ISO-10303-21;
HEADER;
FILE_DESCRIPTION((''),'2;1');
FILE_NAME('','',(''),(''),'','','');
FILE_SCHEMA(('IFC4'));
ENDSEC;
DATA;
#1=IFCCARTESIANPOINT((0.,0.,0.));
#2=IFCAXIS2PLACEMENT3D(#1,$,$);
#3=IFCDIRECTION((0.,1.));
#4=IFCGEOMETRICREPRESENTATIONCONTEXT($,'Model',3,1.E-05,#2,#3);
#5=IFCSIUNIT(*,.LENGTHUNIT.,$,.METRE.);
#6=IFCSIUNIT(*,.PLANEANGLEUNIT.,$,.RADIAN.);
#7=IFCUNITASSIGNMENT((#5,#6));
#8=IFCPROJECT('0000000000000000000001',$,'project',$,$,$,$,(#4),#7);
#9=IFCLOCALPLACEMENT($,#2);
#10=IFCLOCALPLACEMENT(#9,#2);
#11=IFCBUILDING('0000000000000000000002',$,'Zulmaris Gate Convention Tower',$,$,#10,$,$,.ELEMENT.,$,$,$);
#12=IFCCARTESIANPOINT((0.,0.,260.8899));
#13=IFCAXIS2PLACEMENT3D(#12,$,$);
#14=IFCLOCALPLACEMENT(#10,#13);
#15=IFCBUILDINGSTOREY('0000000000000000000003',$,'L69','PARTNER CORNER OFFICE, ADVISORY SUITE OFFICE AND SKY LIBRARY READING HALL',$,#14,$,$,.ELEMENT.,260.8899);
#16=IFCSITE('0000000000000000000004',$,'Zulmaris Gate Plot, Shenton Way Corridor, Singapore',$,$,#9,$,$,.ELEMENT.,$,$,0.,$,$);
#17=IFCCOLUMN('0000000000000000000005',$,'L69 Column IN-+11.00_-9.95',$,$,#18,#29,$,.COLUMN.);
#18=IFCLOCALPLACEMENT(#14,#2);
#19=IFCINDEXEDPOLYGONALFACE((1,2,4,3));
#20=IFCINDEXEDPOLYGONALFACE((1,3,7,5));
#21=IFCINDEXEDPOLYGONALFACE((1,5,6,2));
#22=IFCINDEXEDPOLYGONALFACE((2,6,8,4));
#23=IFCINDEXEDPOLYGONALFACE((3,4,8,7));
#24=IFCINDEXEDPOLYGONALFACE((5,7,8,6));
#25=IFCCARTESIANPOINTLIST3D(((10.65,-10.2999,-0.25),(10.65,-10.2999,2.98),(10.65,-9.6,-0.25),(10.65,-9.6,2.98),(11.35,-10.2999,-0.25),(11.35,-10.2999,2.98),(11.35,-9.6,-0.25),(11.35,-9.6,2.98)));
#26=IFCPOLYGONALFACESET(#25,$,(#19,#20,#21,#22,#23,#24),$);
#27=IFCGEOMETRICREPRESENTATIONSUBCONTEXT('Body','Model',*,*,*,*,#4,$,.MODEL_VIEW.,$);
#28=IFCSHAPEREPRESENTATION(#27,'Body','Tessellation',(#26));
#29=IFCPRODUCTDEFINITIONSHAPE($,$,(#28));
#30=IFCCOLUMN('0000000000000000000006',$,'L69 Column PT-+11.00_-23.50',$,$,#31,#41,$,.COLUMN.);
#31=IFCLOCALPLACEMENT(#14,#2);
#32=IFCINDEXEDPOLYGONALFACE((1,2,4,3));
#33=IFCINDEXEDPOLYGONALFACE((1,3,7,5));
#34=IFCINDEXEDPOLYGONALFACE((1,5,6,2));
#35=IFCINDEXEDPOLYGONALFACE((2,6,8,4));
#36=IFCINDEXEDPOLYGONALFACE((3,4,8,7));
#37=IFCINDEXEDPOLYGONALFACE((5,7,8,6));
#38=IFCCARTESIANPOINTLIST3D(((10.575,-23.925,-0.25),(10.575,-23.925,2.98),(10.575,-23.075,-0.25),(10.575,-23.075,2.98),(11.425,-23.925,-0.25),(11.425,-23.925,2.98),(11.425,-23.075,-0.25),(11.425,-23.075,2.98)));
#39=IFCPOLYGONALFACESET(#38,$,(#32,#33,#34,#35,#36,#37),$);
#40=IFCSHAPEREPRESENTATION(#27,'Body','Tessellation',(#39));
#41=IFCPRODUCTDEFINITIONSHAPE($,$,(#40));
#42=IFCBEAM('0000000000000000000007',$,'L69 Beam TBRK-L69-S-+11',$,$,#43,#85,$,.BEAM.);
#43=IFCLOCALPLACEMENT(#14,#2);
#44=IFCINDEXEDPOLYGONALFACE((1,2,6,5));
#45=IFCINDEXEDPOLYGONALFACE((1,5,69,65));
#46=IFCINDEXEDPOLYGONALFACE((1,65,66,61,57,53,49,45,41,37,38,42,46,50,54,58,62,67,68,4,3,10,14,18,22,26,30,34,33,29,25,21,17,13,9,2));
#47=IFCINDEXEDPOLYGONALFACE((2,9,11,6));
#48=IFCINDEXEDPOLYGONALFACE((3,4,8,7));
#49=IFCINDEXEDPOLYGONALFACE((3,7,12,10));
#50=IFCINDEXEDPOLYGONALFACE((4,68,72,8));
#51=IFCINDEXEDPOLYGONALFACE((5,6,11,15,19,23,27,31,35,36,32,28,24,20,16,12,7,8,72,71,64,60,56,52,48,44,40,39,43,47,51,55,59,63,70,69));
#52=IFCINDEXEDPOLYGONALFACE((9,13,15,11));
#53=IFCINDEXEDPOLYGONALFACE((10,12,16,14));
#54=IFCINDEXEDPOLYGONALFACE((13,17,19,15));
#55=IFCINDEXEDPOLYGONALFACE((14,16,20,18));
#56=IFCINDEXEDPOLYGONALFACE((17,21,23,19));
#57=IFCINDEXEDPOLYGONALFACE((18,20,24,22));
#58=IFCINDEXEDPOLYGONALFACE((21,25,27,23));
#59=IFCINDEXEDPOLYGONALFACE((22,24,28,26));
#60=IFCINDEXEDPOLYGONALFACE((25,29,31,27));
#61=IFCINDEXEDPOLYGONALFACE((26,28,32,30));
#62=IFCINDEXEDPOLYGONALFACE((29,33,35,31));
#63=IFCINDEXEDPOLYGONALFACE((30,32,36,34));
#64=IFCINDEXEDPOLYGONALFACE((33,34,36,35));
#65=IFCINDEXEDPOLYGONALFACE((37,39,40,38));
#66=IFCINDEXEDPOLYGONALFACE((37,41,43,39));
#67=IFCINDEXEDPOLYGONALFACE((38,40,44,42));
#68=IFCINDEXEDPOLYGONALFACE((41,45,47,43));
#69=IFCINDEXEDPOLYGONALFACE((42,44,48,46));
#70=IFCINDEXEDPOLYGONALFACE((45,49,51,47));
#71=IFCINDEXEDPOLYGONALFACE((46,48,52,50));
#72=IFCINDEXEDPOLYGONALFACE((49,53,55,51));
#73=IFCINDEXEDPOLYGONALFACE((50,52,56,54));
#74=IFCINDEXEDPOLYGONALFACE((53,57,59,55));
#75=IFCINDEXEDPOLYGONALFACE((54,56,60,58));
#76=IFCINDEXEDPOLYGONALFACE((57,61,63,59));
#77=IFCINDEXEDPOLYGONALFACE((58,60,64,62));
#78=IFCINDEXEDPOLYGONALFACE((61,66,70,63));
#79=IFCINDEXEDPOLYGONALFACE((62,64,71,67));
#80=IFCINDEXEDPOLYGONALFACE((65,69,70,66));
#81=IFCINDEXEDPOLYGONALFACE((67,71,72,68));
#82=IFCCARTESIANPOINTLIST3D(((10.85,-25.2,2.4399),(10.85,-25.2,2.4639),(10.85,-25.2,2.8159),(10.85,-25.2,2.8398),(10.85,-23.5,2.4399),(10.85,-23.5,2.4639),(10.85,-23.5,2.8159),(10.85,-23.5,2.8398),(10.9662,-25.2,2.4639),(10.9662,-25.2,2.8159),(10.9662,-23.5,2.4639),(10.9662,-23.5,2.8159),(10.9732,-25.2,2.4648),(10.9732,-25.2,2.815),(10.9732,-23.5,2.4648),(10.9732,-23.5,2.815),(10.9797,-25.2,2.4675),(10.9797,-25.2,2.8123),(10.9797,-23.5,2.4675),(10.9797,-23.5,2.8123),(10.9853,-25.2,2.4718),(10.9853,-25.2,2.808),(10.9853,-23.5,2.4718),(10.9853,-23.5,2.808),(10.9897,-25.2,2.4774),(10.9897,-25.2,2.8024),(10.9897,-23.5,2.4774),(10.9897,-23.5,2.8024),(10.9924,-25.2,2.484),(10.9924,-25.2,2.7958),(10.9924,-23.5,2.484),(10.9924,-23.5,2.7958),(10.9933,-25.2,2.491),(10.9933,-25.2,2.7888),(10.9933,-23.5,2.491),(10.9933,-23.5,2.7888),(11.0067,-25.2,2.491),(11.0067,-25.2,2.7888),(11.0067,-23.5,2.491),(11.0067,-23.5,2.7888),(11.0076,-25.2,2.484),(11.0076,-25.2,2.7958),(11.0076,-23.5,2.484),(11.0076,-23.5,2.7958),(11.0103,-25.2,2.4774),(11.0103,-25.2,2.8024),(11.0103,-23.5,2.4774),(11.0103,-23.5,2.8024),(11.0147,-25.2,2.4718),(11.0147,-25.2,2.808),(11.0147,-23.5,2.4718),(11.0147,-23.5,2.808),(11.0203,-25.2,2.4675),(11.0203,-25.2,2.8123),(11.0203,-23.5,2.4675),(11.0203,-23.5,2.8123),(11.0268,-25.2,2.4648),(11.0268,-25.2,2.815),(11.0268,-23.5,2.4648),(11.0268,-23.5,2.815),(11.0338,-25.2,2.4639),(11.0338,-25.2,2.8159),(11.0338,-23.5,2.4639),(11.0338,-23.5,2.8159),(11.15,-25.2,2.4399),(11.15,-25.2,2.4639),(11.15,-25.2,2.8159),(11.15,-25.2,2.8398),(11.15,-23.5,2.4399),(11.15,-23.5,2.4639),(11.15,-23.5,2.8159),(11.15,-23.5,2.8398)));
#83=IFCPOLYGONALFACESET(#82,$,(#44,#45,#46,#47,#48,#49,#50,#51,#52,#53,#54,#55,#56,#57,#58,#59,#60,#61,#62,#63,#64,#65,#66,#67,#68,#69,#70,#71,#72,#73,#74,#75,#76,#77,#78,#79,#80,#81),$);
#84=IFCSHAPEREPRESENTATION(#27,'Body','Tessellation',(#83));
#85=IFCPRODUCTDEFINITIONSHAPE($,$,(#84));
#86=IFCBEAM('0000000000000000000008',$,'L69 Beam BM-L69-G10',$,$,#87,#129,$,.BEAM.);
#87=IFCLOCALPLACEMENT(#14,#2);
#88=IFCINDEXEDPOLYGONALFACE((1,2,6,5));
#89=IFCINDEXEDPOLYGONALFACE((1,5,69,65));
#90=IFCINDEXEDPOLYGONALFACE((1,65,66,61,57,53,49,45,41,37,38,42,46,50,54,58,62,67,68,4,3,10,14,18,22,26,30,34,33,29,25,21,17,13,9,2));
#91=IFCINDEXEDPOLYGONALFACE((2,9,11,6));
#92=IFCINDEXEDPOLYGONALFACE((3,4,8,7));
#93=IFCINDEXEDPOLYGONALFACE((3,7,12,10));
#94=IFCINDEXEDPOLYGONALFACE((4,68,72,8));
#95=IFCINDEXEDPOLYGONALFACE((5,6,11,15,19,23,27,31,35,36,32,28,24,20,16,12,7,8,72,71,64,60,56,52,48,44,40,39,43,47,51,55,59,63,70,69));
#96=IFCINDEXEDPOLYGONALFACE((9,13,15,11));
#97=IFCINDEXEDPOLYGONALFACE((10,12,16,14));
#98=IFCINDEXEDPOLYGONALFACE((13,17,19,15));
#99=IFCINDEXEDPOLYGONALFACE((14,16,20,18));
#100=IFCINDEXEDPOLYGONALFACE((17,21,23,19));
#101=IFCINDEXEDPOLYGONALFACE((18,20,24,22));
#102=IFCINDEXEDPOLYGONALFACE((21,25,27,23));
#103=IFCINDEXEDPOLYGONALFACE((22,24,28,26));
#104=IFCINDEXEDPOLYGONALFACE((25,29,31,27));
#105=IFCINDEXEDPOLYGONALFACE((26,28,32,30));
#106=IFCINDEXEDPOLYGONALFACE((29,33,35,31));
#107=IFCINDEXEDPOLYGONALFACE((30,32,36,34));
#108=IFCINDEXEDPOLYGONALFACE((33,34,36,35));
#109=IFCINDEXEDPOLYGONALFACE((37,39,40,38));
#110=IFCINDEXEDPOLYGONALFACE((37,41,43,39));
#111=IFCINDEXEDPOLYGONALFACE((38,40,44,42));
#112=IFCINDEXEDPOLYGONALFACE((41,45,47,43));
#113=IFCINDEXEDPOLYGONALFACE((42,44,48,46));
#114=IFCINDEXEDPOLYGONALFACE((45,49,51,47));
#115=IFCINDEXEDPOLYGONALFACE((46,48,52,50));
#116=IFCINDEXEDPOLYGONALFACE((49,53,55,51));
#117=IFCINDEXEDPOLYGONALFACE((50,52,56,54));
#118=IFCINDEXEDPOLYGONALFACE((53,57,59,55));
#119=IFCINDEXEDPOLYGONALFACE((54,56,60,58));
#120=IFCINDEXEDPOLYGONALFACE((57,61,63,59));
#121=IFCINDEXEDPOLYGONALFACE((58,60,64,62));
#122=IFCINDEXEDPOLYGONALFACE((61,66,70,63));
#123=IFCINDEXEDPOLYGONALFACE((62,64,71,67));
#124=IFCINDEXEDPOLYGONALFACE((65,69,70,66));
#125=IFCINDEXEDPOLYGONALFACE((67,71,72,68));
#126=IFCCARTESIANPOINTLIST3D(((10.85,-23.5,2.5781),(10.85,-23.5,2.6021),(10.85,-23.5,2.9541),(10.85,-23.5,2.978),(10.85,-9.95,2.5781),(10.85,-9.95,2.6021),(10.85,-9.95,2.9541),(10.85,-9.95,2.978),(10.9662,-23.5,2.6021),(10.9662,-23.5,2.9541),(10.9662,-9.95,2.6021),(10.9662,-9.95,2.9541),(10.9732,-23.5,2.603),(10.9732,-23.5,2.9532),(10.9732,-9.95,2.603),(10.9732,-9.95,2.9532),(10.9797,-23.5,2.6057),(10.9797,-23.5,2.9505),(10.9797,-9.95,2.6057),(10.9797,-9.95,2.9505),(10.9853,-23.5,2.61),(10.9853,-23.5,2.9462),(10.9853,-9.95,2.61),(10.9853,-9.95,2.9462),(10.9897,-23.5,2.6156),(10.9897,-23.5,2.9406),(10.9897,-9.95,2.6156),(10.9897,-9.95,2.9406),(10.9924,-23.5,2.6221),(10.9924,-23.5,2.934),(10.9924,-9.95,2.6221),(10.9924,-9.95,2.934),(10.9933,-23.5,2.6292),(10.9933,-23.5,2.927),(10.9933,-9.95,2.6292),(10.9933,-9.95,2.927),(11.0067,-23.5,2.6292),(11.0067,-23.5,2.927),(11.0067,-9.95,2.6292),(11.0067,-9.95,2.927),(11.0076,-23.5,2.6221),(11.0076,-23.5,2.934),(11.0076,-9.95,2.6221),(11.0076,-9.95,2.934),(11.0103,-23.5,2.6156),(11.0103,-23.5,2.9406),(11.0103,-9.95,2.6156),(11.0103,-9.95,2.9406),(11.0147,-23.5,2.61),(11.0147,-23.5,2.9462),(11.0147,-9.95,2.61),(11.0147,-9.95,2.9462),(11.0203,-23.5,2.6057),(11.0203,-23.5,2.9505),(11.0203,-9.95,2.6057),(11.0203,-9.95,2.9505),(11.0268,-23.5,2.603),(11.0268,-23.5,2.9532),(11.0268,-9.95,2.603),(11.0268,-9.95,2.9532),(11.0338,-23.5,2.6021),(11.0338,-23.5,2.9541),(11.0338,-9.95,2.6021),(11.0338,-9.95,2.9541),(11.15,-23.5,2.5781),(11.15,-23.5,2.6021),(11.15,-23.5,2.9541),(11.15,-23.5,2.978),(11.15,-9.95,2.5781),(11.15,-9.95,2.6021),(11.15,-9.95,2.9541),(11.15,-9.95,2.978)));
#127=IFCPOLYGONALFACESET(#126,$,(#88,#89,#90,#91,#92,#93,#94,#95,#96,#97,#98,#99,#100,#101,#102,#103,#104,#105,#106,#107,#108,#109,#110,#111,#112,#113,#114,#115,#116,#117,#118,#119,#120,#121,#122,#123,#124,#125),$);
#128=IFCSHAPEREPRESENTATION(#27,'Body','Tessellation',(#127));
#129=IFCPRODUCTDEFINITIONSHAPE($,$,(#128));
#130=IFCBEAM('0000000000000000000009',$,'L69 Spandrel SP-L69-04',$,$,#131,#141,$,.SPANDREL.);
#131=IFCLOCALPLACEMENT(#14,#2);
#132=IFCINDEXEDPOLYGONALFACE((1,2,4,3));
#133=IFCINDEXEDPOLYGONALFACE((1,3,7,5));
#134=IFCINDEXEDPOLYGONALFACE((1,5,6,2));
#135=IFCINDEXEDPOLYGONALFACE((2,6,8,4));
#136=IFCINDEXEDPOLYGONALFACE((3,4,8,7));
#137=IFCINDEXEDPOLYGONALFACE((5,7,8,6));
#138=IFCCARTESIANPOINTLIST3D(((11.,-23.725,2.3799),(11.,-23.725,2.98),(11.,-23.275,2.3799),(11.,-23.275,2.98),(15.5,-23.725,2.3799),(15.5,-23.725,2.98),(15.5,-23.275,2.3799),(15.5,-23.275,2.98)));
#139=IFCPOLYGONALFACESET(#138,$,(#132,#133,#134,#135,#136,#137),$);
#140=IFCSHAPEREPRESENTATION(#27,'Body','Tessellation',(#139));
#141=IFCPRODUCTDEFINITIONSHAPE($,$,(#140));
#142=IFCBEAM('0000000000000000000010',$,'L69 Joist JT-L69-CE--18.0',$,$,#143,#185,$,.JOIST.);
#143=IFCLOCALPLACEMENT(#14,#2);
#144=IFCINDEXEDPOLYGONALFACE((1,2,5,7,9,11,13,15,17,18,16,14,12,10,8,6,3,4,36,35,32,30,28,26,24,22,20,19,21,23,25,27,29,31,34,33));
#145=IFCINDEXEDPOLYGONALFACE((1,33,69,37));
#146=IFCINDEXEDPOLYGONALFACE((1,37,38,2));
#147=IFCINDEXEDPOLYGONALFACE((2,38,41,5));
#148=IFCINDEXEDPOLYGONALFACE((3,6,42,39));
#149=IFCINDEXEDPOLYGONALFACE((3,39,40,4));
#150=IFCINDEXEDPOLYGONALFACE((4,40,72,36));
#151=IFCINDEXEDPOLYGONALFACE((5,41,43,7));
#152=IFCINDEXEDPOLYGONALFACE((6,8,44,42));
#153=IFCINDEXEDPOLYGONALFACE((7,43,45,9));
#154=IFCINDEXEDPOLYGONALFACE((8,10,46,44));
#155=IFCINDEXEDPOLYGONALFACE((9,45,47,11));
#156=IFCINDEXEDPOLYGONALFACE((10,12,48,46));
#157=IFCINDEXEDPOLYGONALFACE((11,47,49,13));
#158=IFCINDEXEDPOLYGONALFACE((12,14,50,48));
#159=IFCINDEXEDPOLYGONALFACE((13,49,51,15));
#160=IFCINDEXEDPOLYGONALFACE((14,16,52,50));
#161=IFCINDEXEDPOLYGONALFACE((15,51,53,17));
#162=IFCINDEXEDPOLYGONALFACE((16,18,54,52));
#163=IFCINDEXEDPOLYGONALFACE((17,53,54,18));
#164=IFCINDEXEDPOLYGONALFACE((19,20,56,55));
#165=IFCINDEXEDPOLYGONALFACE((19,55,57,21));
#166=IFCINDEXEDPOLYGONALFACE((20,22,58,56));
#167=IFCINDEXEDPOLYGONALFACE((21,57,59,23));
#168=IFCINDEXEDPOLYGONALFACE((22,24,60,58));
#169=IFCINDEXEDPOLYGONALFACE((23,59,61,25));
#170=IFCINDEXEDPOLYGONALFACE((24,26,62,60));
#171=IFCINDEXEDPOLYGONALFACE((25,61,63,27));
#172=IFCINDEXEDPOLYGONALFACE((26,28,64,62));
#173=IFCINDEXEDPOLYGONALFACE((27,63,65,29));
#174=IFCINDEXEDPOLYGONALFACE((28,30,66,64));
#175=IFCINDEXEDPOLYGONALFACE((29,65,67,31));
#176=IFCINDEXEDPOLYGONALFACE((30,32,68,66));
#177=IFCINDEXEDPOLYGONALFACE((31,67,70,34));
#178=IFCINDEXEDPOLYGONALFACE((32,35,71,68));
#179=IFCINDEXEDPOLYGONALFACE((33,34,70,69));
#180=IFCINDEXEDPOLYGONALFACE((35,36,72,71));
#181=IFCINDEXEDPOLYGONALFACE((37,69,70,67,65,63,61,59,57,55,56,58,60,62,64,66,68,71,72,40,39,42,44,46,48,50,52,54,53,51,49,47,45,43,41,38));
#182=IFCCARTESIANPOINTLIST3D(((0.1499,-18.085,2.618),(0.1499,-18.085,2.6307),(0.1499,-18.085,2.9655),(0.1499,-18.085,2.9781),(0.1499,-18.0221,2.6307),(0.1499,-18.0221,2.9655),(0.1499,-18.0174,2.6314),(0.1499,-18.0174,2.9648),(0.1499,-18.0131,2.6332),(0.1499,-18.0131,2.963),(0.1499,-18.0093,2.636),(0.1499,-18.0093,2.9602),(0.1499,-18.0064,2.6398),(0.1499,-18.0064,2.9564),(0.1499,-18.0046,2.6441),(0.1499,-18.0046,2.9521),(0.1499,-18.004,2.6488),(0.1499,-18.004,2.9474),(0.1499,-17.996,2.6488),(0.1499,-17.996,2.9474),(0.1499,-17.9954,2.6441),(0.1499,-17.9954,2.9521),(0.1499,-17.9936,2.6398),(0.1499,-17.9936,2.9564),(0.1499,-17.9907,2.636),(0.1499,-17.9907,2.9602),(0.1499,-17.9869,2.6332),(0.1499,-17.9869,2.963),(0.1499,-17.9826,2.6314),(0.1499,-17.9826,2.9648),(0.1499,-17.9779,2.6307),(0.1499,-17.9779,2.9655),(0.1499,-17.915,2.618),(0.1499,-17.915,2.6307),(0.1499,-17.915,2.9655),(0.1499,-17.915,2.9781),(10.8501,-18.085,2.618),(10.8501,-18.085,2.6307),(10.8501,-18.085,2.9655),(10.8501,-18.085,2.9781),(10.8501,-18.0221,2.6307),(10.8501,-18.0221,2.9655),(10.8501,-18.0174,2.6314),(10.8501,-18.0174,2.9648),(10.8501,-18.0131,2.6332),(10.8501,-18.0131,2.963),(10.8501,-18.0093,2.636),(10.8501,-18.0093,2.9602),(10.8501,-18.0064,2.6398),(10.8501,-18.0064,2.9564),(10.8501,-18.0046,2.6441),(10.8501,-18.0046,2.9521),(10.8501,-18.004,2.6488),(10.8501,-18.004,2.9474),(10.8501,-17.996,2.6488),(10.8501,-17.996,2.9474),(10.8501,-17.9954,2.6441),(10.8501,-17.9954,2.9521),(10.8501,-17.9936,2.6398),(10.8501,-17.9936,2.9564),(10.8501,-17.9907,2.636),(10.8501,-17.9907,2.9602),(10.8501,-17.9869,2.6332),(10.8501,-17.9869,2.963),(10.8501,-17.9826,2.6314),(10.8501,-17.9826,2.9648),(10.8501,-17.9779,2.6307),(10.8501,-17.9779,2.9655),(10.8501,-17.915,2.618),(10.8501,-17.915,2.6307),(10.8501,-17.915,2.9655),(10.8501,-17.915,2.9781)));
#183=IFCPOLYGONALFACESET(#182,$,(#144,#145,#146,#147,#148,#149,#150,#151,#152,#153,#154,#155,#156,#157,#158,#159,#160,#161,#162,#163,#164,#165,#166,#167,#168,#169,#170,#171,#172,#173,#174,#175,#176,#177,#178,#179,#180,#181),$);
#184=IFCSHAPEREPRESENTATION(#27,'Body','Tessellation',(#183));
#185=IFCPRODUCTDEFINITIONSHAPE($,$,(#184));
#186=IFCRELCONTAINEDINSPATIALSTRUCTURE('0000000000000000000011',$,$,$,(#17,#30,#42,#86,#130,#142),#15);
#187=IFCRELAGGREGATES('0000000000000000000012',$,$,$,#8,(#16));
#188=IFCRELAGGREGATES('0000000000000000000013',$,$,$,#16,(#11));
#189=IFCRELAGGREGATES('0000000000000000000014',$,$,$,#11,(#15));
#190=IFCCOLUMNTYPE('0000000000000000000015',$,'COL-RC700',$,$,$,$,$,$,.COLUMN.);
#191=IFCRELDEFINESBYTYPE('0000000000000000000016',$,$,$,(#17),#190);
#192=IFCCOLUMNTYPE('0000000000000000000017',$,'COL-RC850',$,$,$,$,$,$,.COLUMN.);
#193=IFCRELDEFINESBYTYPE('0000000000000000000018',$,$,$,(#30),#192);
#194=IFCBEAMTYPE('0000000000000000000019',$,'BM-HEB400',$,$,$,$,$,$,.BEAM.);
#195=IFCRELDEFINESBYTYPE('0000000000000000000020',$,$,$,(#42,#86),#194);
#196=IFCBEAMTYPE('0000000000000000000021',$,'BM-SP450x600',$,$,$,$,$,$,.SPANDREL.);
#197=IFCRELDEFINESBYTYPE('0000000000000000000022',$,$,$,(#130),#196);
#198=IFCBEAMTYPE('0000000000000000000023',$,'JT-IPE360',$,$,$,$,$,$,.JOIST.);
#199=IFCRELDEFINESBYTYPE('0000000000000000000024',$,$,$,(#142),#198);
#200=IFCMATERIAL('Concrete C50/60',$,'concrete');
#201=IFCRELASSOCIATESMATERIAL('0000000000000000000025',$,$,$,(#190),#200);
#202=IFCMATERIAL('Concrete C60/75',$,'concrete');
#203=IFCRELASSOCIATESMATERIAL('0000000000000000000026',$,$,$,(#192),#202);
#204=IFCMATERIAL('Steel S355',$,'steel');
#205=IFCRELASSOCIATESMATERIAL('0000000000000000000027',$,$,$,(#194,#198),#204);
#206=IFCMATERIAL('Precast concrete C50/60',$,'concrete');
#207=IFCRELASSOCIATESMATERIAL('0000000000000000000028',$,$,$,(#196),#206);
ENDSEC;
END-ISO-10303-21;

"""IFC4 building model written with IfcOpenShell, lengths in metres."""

from ifc_helpers import new_model, si_unit, direction, frame, origin, origin_2d, place, context, subcontext, project, spatial, rectangle, i_section, extrude, material, material_profile, profile_set, type_object, element, save


model = new_model("IFC4")

# Units and contexts
model_context = context("Model", 3, precision=1e-05, world=origin(), true_north=direction((0.0, 1.0)))
body_context = subcontext(model_context, "Body", "Model", "MODEL_VIEW")
ifc_project = project(units=[si_unit("LENGTHUNIT", "METRE"), si_unit("PLANEANGLEUNIT", "RADIAN")], contexts=[model_context])

# Site, building, storey
site_placement = place(None, origin())
site = spatial("IfcSite", under=ifc_project, at=site_placement, Name="Zulmaris Gate Plot, Shenton Way Corridor, Singapore", CompositionType="ELEMENT", RefElevation=0.0)
building_placement = place(site_placement, origin())
building = spatial("IfcBuilding", under=site, at=building_placement, Name="Zulmaris Gate Convention Tower", CompositionType="ELEMENT")
storey_placement = place(building_placement, frame((0.0, 0.0, 260.8899)))
storey = spatial("IfcBuildingStorey", under=building, at=storey_placement, Name="L69", Description="PARTNER CORNER OFFICE, ADVISORY SUITE OFFICE AND SKY LIBRARY READING HALL", CompositionType="ELEMENT", Elevation=260.8899)

# Columns
ifc_material_1 = material(Name="Concrete C50/60", Category="concrete")
ifc_material_profile_1 = material_profile(ifc_material_1, rectangle(XDim=0.7, YDim=0.7, at=origin_2d()), Name="RC COL 700x700")
ifc_profile_set_1 = profile_set([ifc_material_profile_1], Name="Concrete C50/60")
column_type_1 = type_object("IfcColumnType", Name="COL-RC700", PredefinedType="COLUMN", material=ifc_profile_set_1)
column_1_placement = place(storey_placement, frame((11.0, -9.95, -0.25), z_axis=(0.0, 0.0, 1.0), x_axis=(1.0, 0.0, 0.0)))
element("IfcColumn", 1, at=column_1_placement, inside=storey, type_object=column_type_1, Name="L69 Column IN-+11.00_-9.95", PredefinedType="COLUMN", context=body_context, shape_type="SweptSolid", body=[
    extrude(rectangle(XDim=0.7, YDim=0.7, at=origin_2d()), origin(), (0.0, 0.0, 1.0), 3.23),
])
ifc_material_2 = material(Name="Concrete C60/75", Category="concrete")
ifc_material_profile_2 = material_profile(ifc_material_2, rectangle(XDim=0.8501, YDim=0.8501, at=origin_2d()), Name="RC COL 850x850")
ifc_profile_set_2 = profile_set([ifc_material_profile_2], Name="Concrete C60/75")
column_type_2 = type_object("IfcColumnType", Name="COL-RC850", PredefinedType="COLUMN", material=ifc_profile_set_2)
column_2_placement = place(storey_placement, frame((11.0, -23.5, -0.25), z_axis=(0.0, 0.0, 1.0), x_axis=(1.0, 0.0, 0.0)))
element("IfcColumn", 2, at=column_2_placement, inside=storey, type_object=column_type_2, Name="L69 Column PT-+11.00_-23.50", PredefinedType="COLUMN", context=body_context, shape_type="SweptSolid", body=[
    extrude(rectangle(XDim=0.8501, YDim=0.8501, at=origin_2d()), origin(), (0.0, 0.0, 1.0), 3.23),
])

# Beams
ifc_material_3 = material(Name="Steel S355", Category="steel")
ifc_material_profile_3 = material_profile(ifc_material_3, i_section(OverallWidth=0.3, OverallDepth=0.3999, WebThickness=0.0134, FlangeThickness=0.0239, FilletRadius=0.0271, at=origin_2d()), Name="HEB 400")
ifc_profile_set_3 = profile_set([ifc_material_profile_3], Name="Steel S355")
beam_type_1 = type_object("IfcBeamType", Name="BM-HEB400", PredefinedType="BEAM", material=ifc_profile_set_3)
beam_1_placement = place(storey_placement, frame((11.0, -25.2, 2.6399), z_axis=(0.0, 1.0, 0.0), x_axis=(-1.0, 0.0, 0.0)))
element("IfcBeam", 3, at=beam_1_placement, inside=storey, type_object=beam_type_1, Name="L69 Beam TBRK-L69-S-+11", PredefinedType="BEAM", context=body_context, shape_type="SweptSolid", body=[
    extrude(i_section(OverallWidth=0.3, OverallDepth=0.3999, WebThickness=0.0134, FlangeThickness=0.0239, FilletRadius=0.0271, at=origin_2d()), origin(), (0.0, 0.0, 1.0), 1.7),
])
beam_2_placement = place(storey_placement, frame((11.0, -23.5, 2.7781), z_axis=(0.0, 1.0, 0.0), x_axis=(-1.0, 0.0, 0.0)))
element("IfcBeam", 4, at=beam_2_placement, inside=storey, type_object=beam_type_1, Name="L69 Beam BM-L69-G10", PredefinedType="BEAM", context=body_context, shape_type="SweptSolid", body=[
    extrude(i_section(OverallWidth=0.3, OverallDepth=0.3999, WebThickness=0.0134, FlangeThickness=0.0239, FilletRadius=0.0271, at=origin_2d()), origin(), (0.0, 0.0, 1.0), 13.55),
])
ifc_material_4 = material(Name="Precast concrete C50/60", Category="concrete")
ifc_material_profile_4 = material_profile(ifc_material_4, rectangle(XDim=0.45, YDim=0.6001, at=origin_2d()), Name="RC SPANDREL 450x600")
ifc_profile_set_4 = profile_set([ifc_material_profile_4], Name="Precast concrete C50/60")
beam_type_2 = type_object("IfcBeamType", Name="BM-SP450x600", PredefinedType="SPANDREL", material=ifc_profile_set_4)
beam_3_placement = place(storey_placement, frame((11.0, -23.5, 2.6799), z_axis=(1.0, 0.0, 0.0), x_axis=(0.0, 1.0, 0.0)))
element("IfcBeam", 5, at=beam_3_placement, inside=storey, type_object=beam_type_2, Name="L69 Spandrel SP-L69-04", PredefinedType="SPANDREL", context=body_context, shape_type="SweptSolid", body=[
    extrude(rectangle(XDim=0.45, YDim=0.6001, at=origin_2d()), origin(), (0.0, 0.0, 1.0), 4.5),
])
ifc_material_profile_5 = material_profile(ifc_material_3, i_section(OverallWidth=0.1699, OverallDepth=0.3601, WebThickness=0.0081, FlangeThickness=0.0127, FilletRadius=0.0181, at=origin_2d()), Name="IPE 360")
ifc_profile_set_5 = profile_set([ifc_material_profile_5], Name="Steel S355")
beam_type_3 = type_object("IfcBeamType", Name="JT-IPE360", PredefinedType="JOIST", material=ifc_profile_set_5)
for number, where, z_axis, x_axis, name in (
    (6, (0.1499, -18.0, 2.7981), (1.0, 0.0, 0.0), (0.0, 1.0, 0.0), "L69 Joist JT-L69-CE--18.0"),
):
    element("IfcBeam", number, at=place(storey_placement, frame(where, z_axis=z_axis, x_axis=x_axis)), inside=storey, type_object=beam_type_3, Name=name, PredefinedType="JOIST", context=body_context, shape_type="SweptSolid", body=[
        extrude(i_section(OverallWidth=0.1699, OverallDepth=0.3601, WebThickness=0.0081, FlangeThickness=0.0127, FilletRadius=0.0181, at=origin_2d()), origin(), (0.0, 0.0, 1.0), 10.7002),
    ])

save(model, "model.ifc")
